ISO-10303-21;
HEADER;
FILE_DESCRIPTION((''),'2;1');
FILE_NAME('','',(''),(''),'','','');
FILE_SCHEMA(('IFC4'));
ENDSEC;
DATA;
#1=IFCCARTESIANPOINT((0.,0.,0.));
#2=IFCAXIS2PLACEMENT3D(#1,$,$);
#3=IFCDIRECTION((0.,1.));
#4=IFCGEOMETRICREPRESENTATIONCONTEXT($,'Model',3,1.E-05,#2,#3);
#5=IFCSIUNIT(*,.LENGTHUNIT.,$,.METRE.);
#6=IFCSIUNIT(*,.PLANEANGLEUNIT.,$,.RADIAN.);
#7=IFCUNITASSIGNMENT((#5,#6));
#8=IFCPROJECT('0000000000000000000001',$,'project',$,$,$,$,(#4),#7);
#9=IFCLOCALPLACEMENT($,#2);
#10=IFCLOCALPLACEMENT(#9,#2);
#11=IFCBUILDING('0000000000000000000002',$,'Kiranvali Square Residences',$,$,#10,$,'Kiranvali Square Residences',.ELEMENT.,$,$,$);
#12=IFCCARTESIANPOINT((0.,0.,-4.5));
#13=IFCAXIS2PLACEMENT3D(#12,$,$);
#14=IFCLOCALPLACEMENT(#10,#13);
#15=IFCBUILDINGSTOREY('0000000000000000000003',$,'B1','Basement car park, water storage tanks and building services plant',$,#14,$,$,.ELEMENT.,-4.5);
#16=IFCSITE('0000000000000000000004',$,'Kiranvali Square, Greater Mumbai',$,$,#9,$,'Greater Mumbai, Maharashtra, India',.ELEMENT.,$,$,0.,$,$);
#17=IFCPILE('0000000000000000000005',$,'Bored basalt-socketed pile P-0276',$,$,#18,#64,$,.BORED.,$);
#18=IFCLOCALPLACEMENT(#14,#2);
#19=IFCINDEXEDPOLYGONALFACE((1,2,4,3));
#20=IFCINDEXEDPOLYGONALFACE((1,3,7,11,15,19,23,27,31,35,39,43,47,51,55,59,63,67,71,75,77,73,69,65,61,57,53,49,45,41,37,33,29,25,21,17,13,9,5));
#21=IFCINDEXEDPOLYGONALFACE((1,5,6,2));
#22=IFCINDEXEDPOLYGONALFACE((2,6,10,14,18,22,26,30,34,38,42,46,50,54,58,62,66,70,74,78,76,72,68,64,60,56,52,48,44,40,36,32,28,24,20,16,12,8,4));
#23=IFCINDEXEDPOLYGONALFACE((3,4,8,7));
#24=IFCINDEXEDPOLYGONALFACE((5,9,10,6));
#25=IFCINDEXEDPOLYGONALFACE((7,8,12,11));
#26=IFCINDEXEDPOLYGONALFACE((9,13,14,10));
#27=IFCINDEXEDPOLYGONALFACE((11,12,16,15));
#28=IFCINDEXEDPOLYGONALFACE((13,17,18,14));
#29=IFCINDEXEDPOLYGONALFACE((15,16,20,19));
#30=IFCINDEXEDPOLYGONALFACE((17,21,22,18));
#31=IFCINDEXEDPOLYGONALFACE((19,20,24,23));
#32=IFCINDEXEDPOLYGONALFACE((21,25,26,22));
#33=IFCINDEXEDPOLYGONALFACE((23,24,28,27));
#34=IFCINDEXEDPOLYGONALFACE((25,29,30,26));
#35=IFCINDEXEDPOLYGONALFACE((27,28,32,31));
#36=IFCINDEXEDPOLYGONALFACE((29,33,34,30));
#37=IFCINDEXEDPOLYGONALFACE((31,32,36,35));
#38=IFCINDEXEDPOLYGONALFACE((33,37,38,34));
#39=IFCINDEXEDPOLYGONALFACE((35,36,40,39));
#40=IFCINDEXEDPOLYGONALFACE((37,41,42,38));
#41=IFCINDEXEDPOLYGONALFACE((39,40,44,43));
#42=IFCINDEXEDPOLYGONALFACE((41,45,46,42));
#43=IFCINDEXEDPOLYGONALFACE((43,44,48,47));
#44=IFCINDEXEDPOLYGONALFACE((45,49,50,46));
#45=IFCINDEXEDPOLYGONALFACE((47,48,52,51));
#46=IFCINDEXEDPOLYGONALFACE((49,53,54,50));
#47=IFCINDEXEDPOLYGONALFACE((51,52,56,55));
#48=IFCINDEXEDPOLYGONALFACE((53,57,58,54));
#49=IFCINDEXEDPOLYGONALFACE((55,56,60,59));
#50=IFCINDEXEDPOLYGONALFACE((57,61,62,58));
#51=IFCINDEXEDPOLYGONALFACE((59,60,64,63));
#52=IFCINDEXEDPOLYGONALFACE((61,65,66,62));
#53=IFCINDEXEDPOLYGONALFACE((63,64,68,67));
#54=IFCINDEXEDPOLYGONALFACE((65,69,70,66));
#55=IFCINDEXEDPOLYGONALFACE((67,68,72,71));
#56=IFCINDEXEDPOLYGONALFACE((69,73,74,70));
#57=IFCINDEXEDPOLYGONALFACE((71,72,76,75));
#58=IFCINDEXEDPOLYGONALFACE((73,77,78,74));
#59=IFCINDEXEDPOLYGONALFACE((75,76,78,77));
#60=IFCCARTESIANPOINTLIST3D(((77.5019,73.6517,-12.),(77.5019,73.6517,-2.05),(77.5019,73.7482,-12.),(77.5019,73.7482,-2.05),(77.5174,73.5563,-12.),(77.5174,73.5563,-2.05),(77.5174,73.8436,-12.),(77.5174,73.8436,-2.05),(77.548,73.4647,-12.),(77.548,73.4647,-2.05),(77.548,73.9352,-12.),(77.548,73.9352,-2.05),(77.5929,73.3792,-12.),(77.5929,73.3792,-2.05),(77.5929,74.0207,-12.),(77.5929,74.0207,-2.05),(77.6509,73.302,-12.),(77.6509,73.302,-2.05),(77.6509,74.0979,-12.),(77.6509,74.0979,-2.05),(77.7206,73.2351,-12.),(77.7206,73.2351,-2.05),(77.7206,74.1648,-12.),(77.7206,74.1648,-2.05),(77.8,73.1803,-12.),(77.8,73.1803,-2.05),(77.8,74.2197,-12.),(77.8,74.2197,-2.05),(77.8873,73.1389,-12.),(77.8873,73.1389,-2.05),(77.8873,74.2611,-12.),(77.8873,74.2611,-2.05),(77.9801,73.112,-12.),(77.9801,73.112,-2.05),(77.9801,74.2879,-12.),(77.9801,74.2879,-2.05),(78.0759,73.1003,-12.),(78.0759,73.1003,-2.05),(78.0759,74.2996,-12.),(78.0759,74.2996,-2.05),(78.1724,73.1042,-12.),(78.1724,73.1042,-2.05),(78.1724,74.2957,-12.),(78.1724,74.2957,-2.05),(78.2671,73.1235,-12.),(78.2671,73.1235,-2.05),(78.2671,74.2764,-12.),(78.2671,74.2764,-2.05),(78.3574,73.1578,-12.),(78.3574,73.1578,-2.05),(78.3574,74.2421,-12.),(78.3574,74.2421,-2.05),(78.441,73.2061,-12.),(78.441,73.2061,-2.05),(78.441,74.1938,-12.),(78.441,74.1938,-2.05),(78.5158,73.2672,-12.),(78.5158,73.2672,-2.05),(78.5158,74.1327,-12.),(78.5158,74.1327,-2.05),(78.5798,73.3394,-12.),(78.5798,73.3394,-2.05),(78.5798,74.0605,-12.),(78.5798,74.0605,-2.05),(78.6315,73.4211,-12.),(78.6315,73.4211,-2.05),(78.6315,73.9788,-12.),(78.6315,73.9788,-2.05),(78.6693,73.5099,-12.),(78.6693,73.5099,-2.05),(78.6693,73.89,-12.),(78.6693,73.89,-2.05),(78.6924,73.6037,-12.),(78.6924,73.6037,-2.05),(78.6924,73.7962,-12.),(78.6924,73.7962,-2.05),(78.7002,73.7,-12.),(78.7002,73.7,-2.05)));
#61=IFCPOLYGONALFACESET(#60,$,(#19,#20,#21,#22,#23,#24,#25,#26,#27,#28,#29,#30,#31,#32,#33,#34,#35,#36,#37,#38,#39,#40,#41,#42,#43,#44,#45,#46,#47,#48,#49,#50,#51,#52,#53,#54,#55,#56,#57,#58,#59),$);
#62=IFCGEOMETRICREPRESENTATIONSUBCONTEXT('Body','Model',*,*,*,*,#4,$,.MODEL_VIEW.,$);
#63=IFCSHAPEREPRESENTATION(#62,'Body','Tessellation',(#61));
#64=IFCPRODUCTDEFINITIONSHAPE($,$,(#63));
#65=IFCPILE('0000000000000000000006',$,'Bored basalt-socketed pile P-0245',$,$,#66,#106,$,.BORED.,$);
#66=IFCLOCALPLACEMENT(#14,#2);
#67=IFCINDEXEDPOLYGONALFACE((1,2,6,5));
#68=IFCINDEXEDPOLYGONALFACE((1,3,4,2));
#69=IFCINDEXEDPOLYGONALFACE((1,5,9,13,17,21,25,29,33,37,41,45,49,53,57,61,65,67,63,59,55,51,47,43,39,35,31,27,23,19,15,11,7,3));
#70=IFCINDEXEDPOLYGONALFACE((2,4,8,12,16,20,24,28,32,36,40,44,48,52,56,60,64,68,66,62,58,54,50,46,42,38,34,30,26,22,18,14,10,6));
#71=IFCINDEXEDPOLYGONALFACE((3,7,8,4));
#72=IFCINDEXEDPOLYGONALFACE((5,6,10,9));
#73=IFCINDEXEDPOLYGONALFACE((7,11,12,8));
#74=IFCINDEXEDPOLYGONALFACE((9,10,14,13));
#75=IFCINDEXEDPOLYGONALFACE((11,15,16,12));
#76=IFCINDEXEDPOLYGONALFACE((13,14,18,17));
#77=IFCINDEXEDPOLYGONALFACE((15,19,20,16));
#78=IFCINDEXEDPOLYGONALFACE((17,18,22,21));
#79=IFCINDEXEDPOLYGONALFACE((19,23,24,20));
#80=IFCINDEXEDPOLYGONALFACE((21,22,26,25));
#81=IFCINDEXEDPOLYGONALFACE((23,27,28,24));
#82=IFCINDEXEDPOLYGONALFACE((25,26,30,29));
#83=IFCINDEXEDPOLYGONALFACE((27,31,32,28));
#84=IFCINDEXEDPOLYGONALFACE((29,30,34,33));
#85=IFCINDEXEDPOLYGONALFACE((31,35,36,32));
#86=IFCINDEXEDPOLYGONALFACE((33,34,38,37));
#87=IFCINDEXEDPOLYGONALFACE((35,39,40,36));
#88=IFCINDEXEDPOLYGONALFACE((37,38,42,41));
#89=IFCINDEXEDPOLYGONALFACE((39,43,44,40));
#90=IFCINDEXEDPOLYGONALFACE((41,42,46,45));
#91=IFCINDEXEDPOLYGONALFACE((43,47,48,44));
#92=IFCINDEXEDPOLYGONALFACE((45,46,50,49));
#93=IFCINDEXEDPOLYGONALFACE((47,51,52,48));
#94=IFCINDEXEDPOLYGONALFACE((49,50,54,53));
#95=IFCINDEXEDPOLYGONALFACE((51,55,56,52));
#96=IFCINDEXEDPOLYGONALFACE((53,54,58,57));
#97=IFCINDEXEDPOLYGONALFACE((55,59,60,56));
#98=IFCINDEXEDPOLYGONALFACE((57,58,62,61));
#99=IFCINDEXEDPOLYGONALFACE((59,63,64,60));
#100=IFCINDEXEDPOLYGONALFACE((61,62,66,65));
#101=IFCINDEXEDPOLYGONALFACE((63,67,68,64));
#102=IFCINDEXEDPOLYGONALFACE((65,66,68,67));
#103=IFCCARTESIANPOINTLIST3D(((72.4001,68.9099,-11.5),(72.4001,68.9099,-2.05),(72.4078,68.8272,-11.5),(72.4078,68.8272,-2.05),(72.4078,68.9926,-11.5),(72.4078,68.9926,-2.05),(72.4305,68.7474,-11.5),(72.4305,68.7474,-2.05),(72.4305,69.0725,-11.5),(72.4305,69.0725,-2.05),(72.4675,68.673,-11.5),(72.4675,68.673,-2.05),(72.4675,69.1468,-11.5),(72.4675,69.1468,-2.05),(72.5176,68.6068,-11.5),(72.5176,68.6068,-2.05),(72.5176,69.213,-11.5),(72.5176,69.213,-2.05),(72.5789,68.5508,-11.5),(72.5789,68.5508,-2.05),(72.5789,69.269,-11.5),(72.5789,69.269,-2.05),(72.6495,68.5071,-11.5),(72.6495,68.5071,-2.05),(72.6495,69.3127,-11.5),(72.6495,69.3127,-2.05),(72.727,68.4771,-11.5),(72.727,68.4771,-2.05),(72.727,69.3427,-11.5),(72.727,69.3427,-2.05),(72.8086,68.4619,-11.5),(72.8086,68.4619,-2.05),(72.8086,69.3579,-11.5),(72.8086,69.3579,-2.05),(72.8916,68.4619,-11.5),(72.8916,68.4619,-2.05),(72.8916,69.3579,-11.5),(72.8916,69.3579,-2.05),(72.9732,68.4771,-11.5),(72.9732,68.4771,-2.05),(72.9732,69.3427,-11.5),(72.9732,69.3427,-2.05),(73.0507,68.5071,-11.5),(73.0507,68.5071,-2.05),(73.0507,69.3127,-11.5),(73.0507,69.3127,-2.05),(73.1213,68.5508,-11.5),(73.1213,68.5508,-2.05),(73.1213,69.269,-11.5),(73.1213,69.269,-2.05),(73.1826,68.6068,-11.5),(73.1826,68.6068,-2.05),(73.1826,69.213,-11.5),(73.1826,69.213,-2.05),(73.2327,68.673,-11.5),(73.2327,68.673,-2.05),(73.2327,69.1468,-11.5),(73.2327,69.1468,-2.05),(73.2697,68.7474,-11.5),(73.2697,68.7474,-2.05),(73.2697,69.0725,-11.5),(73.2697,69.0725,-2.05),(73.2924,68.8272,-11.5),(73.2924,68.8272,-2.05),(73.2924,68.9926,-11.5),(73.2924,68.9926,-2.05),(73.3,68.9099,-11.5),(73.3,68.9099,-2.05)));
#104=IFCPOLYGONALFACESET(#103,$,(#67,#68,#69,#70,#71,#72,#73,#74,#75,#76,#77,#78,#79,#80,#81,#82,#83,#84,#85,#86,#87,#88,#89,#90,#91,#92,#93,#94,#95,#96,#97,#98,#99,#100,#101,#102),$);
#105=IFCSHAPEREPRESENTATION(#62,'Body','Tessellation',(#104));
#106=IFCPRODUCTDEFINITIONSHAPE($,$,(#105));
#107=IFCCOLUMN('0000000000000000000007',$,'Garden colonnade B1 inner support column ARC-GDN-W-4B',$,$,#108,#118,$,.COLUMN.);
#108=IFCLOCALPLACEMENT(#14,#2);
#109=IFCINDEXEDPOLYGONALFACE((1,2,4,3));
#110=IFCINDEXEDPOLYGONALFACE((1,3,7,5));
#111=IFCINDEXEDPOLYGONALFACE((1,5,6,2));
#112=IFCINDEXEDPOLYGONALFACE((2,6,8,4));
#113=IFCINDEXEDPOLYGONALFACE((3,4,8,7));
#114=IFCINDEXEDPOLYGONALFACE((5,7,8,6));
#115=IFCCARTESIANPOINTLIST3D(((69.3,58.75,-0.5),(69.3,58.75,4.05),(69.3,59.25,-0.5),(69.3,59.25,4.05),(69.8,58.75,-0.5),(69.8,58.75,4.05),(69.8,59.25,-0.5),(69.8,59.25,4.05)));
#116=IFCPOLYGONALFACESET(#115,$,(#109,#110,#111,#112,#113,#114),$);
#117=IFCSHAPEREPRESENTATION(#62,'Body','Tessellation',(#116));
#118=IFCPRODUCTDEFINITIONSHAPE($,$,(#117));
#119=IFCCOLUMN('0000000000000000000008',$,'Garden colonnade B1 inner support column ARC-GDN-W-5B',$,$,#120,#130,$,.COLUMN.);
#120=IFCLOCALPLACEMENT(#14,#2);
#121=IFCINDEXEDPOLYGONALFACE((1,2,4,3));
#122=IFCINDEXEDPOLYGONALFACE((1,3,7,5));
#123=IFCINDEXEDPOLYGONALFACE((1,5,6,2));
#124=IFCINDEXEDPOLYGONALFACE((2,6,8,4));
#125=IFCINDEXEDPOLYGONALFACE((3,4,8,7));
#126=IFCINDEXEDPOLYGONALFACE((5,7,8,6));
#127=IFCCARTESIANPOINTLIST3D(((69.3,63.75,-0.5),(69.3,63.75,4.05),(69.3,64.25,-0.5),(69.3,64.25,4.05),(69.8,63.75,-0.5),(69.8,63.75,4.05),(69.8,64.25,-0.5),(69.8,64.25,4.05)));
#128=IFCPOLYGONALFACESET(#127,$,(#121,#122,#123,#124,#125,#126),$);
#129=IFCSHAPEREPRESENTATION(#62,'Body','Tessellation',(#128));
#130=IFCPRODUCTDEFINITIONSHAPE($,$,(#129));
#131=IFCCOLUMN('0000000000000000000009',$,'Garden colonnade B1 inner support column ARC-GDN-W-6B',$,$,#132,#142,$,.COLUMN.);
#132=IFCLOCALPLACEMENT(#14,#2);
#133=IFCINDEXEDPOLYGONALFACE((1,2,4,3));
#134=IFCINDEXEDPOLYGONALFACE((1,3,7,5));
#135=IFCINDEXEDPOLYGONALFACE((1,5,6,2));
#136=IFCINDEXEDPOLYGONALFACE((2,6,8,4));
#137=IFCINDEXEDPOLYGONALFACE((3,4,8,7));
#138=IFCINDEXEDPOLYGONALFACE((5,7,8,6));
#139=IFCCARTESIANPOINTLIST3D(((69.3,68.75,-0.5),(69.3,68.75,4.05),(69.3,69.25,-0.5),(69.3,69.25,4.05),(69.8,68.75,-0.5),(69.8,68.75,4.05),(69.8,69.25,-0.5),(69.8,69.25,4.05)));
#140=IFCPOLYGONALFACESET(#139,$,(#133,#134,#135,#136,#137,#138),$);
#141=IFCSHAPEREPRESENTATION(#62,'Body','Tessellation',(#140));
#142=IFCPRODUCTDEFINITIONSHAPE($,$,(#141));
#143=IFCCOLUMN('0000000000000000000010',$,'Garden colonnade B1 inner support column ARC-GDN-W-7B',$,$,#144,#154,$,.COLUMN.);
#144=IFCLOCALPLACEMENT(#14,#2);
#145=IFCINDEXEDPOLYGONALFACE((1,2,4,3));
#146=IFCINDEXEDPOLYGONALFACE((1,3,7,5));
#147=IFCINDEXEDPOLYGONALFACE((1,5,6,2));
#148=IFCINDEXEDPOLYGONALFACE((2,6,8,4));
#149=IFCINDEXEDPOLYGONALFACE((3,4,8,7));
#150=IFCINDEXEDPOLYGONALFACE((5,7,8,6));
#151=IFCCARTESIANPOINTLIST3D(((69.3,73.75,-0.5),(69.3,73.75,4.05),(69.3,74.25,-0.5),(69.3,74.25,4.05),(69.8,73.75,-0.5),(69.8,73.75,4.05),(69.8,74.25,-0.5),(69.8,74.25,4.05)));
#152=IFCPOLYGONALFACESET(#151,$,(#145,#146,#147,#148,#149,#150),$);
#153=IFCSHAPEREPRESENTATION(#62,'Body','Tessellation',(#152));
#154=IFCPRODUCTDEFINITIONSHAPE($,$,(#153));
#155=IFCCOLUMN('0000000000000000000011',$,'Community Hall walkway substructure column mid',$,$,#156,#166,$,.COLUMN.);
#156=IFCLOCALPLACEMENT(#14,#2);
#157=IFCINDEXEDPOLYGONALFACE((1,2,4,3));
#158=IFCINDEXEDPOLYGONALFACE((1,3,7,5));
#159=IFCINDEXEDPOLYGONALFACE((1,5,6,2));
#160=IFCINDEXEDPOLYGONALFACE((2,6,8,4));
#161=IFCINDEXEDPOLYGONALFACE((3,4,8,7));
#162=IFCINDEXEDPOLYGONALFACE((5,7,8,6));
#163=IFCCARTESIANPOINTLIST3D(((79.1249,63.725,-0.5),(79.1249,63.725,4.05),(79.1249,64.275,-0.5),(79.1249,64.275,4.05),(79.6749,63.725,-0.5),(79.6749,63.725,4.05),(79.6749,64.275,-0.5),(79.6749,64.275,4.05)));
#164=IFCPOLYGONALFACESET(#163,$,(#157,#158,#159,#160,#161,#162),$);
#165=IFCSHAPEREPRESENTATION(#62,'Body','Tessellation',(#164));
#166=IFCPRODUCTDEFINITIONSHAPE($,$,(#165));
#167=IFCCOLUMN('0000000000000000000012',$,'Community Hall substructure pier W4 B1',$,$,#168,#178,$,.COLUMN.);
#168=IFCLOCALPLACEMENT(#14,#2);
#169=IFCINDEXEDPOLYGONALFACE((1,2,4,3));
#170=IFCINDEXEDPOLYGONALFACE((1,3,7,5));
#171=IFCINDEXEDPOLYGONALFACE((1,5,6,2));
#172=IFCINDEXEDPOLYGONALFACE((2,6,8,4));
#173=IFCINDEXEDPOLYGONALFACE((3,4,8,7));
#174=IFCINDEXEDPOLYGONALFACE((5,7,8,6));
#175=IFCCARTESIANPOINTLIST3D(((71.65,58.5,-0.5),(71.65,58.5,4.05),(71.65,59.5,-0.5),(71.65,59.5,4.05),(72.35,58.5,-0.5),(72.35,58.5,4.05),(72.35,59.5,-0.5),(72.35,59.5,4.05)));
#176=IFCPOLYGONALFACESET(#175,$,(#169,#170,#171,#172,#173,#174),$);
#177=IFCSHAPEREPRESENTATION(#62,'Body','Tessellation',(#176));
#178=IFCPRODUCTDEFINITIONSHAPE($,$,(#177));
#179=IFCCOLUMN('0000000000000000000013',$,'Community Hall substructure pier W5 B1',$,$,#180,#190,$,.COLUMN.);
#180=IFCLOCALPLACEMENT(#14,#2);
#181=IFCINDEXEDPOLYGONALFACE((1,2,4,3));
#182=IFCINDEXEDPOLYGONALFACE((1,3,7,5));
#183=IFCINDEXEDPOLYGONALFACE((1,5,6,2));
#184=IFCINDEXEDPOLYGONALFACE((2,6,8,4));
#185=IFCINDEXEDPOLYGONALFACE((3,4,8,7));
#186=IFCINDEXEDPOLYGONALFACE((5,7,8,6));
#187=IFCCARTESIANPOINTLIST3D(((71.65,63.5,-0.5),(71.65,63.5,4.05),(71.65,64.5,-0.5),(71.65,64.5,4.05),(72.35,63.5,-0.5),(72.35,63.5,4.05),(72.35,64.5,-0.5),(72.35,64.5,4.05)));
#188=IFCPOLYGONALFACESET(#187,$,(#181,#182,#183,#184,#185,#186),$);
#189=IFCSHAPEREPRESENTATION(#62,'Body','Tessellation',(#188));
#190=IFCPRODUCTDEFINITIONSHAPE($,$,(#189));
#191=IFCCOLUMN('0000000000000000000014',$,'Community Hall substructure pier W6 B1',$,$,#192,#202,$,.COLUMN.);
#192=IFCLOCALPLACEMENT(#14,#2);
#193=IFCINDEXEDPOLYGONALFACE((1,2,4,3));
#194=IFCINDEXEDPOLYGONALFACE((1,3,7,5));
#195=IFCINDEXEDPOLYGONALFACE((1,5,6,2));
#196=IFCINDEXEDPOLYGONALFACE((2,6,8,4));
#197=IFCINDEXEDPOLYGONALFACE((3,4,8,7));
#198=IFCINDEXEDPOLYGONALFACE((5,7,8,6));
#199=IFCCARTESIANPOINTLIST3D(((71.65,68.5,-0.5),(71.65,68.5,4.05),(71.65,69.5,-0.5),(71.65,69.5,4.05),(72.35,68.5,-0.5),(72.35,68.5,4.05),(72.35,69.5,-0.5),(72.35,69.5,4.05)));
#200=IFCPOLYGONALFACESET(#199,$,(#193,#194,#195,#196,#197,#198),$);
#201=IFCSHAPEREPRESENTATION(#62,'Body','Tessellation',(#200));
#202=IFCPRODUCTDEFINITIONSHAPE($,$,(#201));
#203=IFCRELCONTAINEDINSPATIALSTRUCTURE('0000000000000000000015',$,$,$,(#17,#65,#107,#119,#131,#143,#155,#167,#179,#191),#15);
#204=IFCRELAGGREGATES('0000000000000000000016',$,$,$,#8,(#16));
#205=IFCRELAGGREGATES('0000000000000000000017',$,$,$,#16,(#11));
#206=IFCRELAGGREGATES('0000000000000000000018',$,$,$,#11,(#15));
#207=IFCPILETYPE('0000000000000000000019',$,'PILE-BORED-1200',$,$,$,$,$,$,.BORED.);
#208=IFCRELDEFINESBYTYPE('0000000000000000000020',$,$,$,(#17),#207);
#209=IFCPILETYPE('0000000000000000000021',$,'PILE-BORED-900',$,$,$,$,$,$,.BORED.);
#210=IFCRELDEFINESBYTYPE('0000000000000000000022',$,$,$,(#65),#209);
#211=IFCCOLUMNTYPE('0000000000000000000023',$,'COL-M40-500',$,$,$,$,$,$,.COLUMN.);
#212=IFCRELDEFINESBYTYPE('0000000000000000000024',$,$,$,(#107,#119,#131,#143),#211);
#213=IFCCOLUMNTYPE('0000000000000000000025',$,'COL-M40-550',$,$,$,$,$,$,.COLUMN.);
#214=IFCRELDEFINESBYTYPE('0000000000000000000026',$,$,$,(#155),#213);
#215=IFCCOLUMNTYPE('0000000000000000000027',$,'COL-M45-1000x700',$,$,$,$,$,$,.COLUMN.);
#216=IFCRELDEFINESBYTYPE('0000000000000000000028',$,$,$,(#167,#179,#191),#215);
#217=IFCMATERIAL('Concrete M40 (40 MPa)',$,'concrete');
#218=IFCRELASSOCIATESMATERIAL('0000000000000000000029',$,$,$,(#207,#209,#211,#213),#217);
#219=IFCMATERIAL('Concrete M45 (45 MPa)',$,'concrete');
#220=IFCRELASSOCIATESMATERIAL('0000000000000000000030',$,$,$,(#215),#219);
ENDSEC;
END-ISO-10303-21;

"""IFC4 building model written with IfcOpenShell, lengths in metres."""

from ifc_helpers import new_model, si_unit, direction, frame, origin, origin_2d, place, context, subcontext, project, spatial, rectangle, circle, extrude, material, material_profile, profile_set, type_object, element, save


model = new_model("IFC4")

# Units and contexts
model_context = context("Model", 3, precision=1e-05, world=origin(), true_north=direction((0.0, 1.0)))
body_context = subcontext(model_context, "Body", "Model", "MODEL_VIEW")
ifc_project = project(units=[si_unit("LENGTHUNIT", "METRE"), si_unit("PLANEANGLEUNIT", "RADIAN")], contexts=[model_context])

# Site, building, storey
site_placement = place(None, origin())
site = spatial("IfcSite", under=ifc_project, at=site_placement, Name="Kiranvali Square, Greater Mumbai", LongName="Greater Mumbai, Maharashtra, India", CompositionType="ELEMENT", RefElevation=0.0)
building_placement = place(site_placement, origin())
building = spatial("IfcBuilding", under=site, at=building_placement, Name="Kiranvali Square Residences", LongName="Kiranvali Square Residences", CompositionType="ELEMENT")
storey_placement = place(building_placement, frame((0.0, 0.0, -4.5)))
storey = spatial("IfcBuildingStorey", under=building, at=storey_placement, Name="B1", Description="Basement car park, water storage tanks and building services plant", CompositionType="ELEMENT", Elevation=-4.5)

# Shared definitions
ifc_material_1 = material(Name="Concrete M40 (40 MPa)", Category="concrete")

# Piles
ifc_material_profile_1 = material_profile(ifc_material_1, circle(Radius=0.6001, at=origin_2d()), Name="BORED PILE 1200")
ifc_profile_set_1 = profile_set([ifc_material_profile_1], Name="Concrete M40 (40 MPa)")
pile_type_1 = type_object("IfcPileType", Name="PILE-BORED-1200", PredefinedType="BORED", material=ifc_profile_set_1)
for number, where, z_axis, x_axis, name in (
    (1, (78.1001, 73.7, -2.05), (0.0, 0.0, -1.0), (1.0, 0.0, 0.0), "Bored basalt-socketed pile P-0276"),
):
    element("IfcPile", number, at=place(storey_placement, frame(where, z_axis=z_axis, x_axis=x_axis)), inside=storey, type_object=pile_type_1, Name=name, PredefinedType="BORED", context=body_context, shape_type="SweptSolid", body=[
        extrude(circle(Radius=0.6001, at=origin_2d()), origin(), (0.0, 0.0, 1.0), 9.95),
    ])
ifc_material_profile_2 = material_profile(ifc_material_1, circle(Radius=0.45, at=origin_2d()), Name="BORED PILE 900")
ifc_profile_set_2 = profile_set([ifc_material_profile_2], Name="Concrete M40 (40 MPa)")
pile_type_2 = type_object("IfcPileType", Name="PILE-BORED-900", PredefinedType="BORED", material=ifc_profile_set_2)
pile_1_placement = place(storey_placement, frame((72.8501, 68.9099, -2.05), z_axis=(0.0, 0.0, -1.0), x_axis=(1.0, 0.0, 0.0)))
element("IfcPile", 2, at=pile_1_placement, inside=storey, type_object=pile_type_2, Name="Bored basalt-socketed pile P-0245", PredefinedType="BORED", context=body_context, shape_type="SweptSolid", body=[
    extrude(circle(Radius=0.45, at=origin_2d()), origin(), (0.0, 0.0, 1.0), 9.45),
])

# Columns
ifc_material_profile_3 = material_profile(ifc_material_1, rectangle(XDim=0.5, YDim=0.5, at=origin_2d()), Name="RC 500x500")
ifc_profile_set_3 = profile_set([ifc_material_profile_3], Name="Concrete M40 (40 MPa)")
column_type_1 = type_object("IfcColumnType", Name="COL-M40-500", PredefinedType="COLUMN", material=ifc_profile_set_3)
for number, where, z_axis, x_axis, name in (
    (3, (69.55, 59.0, -0.5), (0.0, 0.0, 1.0), (1.0, 0.0, 0.0), "Garden colonnade B1 inner support column ARC-GDN-W-4B"),
    (4, (69.55, 64.0, -0.5), (0.0, 0.0, 1.0), (1.0, 0.0, 0.0), "Garden colonnade B1 inner support column ARC-GDN-W-5B"),
    (5, (69.55, 69.0, -0.5), (0.0, 0.0, 1.0), (1.0, 0.0, 0.0), "Garden colonnade B1 inner support column ARC-GDN-W-6B"),
    (6, (69.55, 74.0, -0.5), (0.0, 0.0, 1.0), (1.0, 0.0, 0.0), "Garden colonnade B1 inner support column ARC-GDN-W-7B"),
):
    element("IfcColumn", number, at=place(storey_placement, frame(where, z_axis=z_axis, x_axis=x_axis)), inside=storey, type_object=column_type_1, Name=name, PredefinedType="COLUMN", context=body_context, shape_type="SweptSolid", body=[
        extrude(rectangle(XDim=0.5, YDim=0.5, at=origin_2d()), origin(), (0.0, 0.0, 1.0), 4.55),
    ])
ifc_material_profile_4 = material_profile(ifc_material_1, rectangle(XDim=0.55, YDim=0.55, at=origin_2d()), Name="RC 550x550")
ifc_profile_set_4 = profile_set([ifc_material_profile_4], Name="Concrete M40 (40 MPa)")
column_type_2 = type_object("IfcColumnType", Name="COL-M40-550", PredefinedType="COLUMN", material=ifc_profile_set_4)
column_placement = place(storey_placement, frame((79.3999, 64.0, -0.5), z_axis=(0.0, 0.0, 1.0), x_axis=(1.0, 0.0, 0.0)))
element("IfcColumn", 7, at=column_placement, inside=storey, type_object=column_type_2, Name="Community Hall walkway substructure column mid", PredefinedType="COLUMN", context=body_context, shape_type="SweptSolid", body=[
    extrude(rectangle(XDim=0.55, YDim=0.55, at=origin_2d()), origin(), (0.0, 0.0, 1.0), 4.55),
])
ifc_material_2 = material(Name="Concrete M45 (45 MPa)", Category="concrete")
ifc_material_profile_5 = material_profile(ifc_material_2, rectangle(XDim=0.7, YDim=1.0, at=origin_2d()), Name="RC 1000x700")
ifc_profile_set_5 = profile_set([ifc_material_profile_5], Name="Concrete M45 (45 MPa)")
column_type_3 = type_object("IfcColumnType", Name="COL-M45-1000x700", PredefinedType="COLUMN", material=ifc_profile_set_5)
for number, where, z_axis, x_axis, name in (
    (8, (72.0, 59.0, -0.5), (0.0, 0.0, 1.0), (1.0, 0.0, 0.0), "Community Hall substructure pier W4 B1"),
    (9, (72.0, 64.0, -0.5), (0.0, 0.0, 1.0), (1.0, 0.0, 0.0), "Community Hall substructure pier W5 B1"),
    (10, (72.0, 69.0, -0.5), (0.0, 0.0, 1.0), (1.0, 0.0, 0.0), "Community Hall substructure pier W6 B1"),
):
    element("IfcColumn", number, at=place(storey_placement, frame(where, z_axis=z_axis, x_axis=x_axis)), inside=storey, type_object=column_type_3, Name=name, PredefinedType="COLUMN", context=body_context, shape_type="SweptSolid", body=[
        extrude(rectangle(XDim=0.7, YDim=1.0, at=origin_2d()), origin(), (0.0, 0.0, 1.0), 4.55),
    ])

save(model, "model.ifc")
